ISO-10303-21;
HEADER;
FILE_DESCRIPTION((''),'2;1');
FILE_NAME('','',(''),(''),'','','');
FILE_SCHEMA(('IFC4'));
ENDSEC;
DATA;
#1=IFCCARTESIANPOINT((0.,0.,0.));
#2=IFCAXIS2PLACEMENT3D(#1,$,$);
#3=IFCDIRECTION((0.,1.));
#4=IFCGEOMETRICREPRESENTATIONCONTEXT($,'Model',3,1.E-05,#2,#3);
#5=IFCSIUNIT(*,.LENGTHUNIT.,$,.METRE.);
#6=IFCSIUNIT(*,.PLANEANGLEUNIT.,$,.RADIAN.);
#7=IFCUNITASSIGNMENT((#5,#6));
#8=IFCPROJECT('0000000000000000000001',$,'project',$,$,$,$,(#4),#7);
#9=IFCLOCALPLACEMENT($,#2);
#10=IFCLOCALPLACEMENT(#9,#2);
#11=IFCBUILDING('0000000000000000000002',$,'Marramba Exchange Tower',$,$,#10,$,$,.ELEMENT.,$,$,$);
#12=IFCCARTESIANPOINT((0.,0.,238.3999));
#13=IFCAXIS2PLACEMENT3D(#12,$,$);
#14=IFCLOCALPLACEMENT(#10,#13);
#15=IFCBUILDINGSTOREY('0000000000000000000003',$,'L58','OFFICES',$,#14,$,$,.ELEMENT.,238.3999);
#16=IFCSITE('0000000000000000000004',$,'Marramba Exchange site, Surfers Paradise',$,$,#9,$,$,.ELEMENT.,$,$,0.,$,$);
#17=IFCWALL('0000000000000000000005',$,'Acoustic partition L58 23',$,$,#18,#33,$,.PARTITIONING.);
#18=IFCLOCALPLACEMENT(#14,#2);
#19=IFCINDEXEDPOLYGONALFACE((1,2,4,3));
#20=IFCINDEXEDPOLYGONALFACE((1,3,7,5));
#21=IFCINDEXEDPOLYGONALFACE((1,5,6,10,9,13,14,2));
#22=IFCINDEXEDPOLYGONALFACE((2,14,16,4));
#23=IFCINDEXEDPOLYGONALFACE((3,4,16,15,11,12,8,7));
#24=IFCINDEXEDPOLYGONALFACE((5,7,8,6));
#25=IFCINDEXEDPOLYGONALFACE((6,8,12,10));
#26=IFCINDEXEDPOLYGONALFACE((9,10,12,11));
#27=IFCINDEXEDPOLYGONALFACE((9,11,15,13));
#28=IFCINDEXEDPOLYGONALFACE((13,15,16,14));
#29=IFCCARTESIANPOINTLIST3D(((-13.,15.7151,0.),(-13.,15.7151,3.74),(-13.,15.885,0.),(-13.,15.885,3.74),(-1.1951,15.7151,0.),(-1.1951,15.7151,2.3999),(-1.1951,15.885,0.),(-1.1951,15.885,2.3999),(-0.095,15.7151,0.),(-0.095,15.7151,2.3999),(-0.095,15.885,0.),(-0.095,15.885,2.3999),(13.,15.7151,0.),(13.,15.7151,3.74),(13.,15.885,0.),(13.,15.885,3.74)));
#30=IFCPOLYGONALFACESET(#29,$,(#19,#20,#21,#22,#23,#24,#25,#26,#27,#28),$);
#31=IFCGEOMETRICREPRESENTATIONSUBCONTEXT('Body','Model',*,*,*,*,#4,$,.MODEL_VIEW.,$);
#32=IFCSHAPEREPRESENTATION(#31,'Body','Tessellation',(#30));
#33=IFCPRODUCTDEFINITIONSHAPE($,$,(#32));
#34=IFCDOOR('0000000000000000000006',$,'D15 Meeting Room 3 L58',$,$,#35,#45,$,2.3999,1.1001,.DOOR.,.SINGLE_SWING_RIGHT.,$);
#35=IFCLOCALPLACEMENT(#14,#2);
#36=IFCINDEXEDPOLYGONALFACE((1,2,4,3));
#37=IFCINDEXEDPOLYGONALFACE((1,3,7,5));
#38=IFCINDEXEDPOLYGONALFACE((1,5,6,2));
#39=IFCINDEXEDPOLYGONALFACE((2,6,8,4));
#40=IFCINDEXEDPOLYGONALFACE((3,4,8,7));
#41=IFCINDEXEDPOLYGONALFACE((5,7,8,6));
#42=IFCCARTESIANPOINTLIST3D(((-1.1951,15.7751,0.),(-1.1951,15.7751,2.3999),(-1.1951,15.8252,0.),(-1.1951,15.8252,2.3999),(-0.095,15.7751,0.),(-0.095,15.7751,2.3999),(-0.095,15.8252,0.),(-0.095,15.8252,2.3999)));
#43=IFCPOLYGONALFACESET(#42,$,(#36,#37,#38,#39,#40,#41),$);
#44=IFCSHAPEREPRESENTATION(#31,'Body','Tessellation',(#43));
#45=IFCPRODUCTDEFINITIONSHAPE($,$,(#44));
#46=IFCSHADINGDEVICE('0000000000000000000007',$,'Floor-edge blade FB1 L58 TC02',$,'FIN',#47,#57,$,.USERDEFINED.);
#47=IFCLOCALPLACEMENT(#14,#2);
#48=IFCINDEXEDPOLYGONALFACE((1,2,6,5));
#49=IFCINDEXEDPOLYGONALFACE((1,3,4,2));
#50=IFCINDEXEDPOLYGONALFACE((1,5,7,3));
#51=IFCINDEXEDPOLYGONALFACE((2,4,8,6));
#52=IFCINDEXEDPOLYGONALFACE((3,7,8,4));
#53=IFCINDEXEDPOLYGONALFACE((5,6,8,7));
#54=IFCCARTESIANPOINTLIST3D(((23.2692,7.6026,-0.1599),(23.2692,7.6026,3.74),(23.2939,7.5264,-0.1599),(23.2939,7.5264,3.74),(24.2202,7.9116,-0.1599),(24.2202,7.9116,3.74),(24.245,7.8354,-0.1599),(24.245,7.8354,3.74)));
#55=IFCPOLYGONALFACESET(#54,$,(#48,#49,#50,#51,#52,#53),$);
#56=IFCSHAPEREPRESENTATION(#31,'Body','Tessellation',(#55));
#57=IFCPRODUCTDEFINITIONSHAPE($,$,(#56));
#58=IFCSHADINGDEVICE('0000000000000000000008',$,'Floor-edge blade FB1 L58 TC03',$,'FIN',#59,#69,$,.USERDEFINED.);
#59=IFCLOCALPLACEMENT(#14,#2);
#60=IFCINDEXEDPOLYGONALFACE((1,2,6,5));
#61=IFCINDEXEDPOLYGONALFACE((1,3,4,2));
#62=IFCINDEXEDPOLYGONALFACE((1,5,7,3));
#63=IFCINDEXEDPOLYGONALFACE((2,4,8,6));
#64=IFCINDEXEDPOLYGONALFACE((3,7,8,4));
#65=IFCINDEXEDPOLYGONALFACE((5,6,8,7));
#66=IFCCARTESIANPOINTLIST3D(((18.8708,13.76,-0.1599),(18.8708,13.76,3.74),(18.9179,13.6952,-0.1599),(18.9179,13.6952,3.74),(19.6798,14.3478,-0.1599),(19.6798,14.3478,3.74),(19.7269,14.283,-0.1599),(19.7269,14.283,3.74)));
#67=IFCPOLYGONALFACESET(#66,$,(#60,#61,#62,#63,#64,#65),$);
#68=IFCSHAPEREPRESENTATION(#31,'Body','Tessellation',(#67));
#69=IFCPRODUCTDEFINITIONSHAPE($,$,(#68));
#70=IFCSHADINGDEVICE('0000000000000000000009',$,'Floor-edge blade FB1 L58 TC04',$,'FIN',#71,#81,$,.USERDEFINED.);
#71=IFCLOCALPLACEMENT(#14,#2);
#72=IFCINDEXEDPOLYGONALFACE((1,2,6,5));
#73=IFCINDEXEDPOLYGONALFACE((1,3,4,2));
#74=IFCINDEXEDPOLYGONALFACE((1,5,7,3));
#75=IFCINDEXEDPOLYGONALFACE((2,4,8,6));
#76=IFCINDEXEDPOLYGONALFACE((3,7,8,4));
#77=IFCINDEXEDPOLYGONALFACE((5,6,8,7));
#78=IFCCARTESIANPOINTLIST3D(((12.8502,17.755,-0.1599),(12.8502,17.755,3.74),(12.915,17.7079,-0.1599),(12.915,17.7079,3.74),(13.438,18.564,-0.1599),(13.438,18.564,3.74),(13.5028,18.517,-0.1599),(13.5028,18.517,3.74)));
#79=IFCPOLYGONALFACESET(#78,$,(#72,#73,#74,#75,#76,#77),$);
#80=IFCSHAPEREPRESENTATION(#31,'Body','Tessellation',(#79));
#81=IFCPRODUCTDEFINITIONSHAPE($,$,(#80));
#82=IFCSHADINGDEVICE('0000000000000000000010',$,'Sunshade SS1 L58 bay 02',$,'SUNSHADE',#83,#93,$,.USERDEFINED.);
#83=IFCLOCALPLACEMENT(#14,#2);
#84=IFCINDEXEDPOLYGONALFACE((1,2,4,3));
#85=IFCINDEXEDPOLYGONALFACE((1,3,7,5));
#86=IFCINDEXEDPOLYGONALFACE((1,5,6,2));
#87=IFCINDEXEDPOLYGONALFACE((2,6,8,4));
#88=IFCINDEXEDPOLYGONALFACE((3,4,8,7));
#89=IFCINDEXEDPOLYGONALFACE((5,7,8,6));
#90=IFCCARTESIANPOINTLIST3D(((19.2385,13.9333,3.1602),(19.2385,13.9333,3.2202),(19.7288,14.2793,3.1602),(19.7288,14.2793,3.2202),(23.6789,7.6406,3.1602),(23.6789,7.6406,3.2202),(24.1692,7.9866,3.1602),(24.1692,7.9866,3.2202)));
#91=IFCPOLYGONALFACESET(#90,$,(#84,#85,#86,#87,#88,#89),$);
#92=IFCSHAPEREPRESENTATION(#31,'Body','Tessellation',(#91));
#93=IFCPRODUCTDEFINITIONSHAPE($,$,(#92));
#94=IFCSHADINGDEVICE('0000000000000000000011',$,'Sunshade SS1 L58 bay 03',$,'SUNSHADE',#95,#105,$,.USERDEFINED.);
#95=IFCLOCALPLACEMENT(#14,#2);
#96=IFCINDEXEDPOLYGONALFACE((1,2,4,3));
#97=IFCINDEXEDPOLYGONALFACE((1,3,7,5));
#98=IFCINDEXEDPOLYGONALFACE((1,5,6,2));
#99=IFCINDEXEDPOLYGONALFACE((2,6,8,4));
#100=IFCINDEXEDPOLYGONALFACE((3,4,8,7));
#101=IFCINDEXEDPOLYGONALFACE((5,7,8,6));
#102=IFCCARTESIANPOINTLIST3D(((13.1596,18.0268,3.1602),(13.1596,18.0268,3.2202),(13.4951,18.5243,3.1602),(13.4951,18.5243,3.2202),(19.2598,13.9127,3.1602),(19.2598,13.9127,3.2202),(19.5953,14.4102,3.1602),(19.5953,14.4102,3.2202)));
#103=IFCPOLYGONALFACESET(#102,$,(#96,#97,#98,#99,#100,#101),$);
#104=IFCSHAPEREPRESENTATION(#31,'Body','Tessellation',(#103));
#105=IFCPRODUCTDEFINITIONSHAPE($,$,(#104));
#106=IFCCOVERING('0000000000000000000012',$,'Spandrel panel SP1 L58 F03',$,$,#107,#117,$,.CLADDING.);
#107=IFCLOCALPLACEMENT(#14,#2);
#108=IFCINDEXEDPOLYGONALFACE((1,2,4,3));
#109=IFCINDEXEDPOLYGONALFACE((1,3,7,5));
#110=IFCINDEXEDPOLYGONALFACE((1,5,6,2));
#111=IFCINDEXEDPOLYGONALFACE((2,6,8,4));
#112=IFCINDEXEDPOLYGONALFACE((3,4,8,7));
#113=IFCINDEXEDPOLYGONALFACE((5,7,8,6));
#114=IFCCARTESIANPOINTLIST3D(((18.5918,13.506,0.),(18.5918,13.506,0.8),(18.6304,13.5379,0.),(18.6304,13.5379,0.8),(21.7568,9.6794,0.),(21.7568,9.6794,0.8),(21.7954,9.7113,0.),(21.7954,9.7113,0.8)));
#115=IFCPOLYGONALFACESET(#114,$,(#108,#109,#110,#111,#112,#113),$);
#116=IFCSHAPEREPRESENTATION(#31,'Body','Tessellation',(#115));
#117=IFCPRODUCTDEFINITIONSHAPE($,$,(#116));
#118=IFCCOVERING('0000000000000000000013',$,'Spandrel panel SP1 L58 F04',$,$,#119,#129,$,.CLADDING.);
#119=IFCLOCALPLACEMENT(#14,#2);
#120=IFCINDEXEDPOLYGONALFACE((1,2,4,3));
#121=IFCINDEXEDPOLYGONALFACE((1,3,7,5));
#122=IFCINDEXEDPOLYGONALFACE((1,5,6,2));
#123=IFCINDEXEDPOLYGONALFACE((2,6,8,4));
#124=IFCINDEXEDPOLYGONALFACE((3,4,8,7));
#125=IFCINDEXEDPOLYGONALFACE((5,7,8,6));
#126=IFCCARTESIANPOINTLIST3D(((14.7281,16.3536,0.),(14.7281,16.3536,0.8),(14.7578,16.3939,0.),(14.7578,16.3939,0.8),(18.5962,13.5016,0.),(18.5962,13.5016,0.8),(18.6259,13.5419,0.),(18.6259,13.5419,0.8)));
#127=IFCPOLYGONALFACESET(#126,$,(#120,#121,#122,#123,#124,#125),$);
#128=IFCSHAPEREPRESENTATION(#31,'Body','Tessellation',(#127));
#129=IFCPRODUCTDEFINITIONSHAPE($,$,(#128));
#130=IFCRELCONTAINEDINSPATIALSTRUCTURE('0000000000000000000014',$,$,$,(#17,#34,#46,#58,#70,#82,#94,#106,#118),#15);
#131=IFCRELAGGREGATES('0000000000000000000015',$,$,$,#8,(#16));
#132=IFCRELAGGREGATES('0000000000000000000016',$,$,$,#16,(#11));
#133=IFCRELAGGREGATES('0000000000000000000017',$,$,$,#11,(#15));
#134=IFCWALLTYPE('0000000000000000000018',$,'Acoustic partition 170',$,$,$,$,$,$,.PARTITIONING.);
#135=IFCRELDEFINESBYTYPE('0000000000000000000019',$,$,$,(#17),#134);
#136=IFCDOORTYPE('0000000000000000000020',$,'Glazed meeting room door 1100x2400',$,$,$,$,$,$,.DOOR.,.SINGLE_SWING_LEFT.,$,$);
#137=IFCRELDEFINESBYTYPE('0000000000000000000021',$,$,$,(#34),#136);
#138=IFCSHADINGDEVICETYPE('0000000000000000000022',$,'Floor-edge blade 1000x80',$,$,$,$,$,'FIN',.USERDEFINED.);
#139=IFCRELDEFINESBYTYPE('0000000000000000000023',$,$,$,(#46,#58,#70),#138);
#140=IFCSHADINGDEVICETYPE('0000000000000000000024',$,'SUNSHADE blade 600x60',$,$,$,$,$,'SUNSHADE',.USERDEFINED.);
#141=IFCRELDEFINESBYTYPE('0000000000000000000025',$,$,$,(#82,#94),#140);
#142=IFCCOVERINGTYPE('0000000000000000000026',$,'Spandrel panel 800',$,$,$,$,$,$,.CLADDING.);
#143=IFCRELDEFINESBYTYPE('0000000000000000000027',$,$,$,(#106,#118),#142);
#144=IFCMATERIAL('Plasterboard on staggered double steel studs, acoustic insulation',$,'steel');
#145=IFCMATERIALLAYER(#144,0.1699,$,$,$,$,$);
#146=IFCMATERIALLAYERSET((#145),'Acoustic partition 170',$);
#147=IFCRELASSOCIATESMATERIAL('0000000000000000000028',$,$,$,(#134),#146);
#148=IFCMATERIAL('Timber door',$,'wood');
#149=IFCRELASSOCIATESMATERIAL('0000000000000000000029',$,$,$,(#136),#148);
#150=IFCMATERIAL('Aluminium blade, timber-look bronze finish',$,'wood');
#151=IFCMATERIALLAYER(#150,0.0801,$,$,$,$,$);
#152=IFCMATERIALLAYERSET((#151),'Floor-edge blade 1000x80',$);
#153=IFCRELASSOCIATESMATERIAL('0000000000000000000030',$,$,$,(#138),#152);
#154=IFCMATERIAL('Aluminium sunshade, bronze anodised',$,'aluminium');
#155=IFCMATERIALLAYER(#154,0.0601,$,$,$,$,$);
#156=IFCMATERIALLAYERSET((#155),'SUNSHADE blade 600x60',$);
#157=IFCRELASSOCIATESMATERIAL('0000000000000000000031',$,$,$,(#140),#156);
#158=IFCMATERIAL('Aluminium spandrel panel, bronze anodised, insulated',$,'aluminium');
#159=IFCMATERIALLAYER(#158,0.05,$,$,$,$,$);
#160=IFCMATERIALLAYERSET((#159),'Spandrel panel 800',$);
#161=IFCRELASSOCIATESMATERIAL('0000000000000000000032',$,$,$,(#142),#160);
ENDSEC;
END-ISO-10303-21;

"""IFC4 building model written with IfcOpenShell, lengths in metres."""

from ifc_helpers import new_model, si_unit, direction, frame, frame_2d, origin, origin_2d, place, context, subcontext, project, spatial, rectangle, extrude, material, layer, layer_set, type_object, element, fill, save


model = new_model("IFC4")

# Units and contexts
model_context = context("Model", 3, precision=1e-05, world=origin(), true_north=direction((0.0, 1.0)))
body_context = subcontext(model_context, "Body", "Model", "MODEL_VIEW")
ifc_project = project(units=[si_unit("LENGTHUNIT", "METRE"), si_unit("PLANEANGLEUNIT", "RADIAN")], contexts=[model_context])

# Site, building, storey
site_placement = place(None, origin())
site = spatial("IfcSite", under=ifc_project, at=site_placement, Name="Marramba Exchange site, Surfers Paradise", CompositionType="ELEMENT", RefElevation=0.0)
building_placement = place(site_placement, origin())
building = spatial("IfcBuilding", under=site, at=building_placement, Name="Marramba Exchange Tower", CompositionType="ELEMENT")
storey_placement = place(building_placement, frame((0.0, 0.0, 238.3999)))
storey = spatial("IfcBuildingStorey", under=building, at=storey_placement, Name="L58", Description="OFFICES", CompositionType="ELEMENT", Elevation=238.3999)

# Shared definitions
ifc_material_1 = material(Name="Plasterboard on staggered double steel studs, acoustic insulation", Category="steel")
ifc_layer_1 = layer(ifc_material_1, 0.1699)
ifc_layer_set_1 = layer_set([ifc_layer_1], Name="Acoustic partition 170")
wall_type_1 = type_object("IfcWallType", Name="Acoustic partition 170", PredefinedType="PARTITIONING", material=ifc_layer_set_1)

# Wall, opening, door
wall_1_placement = place(storey_placement, frame((13.0, 15.8, 0.0), z_axis=(0.0, 0.0, 1.0), x_axis=(-1.0, 0.0, 0.0)))
wall_1 = element("IfcWall", 1, at=wall_1_placement, inside=storey, type_object=wall_type_1, Name="Acoustic partition L58 23", PredefinedType="PARTITIONING", context=body_context, shape_type="SweptSolid", body=[
    extrude(rectangle(XDim=26.0, YDim=0.1699, at=frame_2d((13.0, 0.0))), origin(), (0.0, 0.0, 1.0), 3.74),
])
opening_1_placement = place(wall_1_placement, frame((13.095, 0.0, 0.0)))
opening_1 = element("IfcOpeningElement", 2, at=opening_1_placement, cuts=wall_1, PredefinedType="OPENING", context=body_context, shape_type="SweptSolid", body=[
    extrude(rectangle(XDim=1.1001, YDim=2.3999, at=frame_2d((0.55, 1.2))), frame((0.0, 0.095, 0.0), z_axis=(0.0, -1.0, 0.0), x_axis=(1.0, 0.0, 0.0)), (0.0, 0.0, 1.0), 0.1899),
])
ifc_material_2 = material(Name="Timber door", Category="wood")
door_type_1 = type_object("IfcDoorType", Name="Glazed meeting room door 1100x2400", OperationType="SINGLE_SWING_LEFT", PredefinedType="DOOR", material=ifc_material_2)
door_1_placement = place(opening_1_placement, origin())
door_1 = element("IfcDoor", 3, at=door_1_placement, inside=storey, type_object=door_type_1, Name="D15 Meeting Room 3 L58", OperationType="SINGLE_SWING_RIGHT", OverallHeight=2.3999, OverallWidth=1.1001, PredefinedType="DOOR", context=body_context, shape_type="SweptSolid", body=[
    extrude(rectangle(XDim=1.1001, YDim=2.3999, at=frame_2d((0.55, 1.2))), frame((0.0, 0.0249, 0.0), z_axis=(0.0, -1.0, 0.0), x_axis=(1.0, 0.0, 0.0)), (0.0, 0.0, 1.0), 0.05),
])
fill(opening_1, door_1)

# Shading devices
ifc_material_3 = material(Name="Aluminium blade, timber-look bronze finish", Category="wood")
ifc_layer_2 = layer(ifc_material_3, 0.0801)
ifc_layer_set_2 = layer_set([ifc_layer_2], Name="Floor-edge blade 1000x80")
shading_device_type_1 = type_object("IfcShadingDeviceType", Name="Floor-edge blade 1000x80", ElementType="FIN", PredefinedType="USERDEFINED", material=ifc_layer_set_2)
for number, where, z_axis, x_axis, name in (
    (4, (23.7571, 7.719, -0.1599), (0.0, 0.0, 1.0), (0.951057, 0.309017, 0.0), "Floor-edge blade FB1 L58 TC02"),
    (5, (19.2988, 14.0215, -0.1599), (0.0, 0.0, 1.0), (0.809017, 0.587785, 0.0), "Floor-edge blade FB1 L58 TC03"),
    (6, (13.1765, 18.136, -0.1599), (0.0, 0.0, 1.0), (0.587785, 0.809017, 0.0), "Floor-edge blade FB1 L58 TC04"),
):
    element("IfcShadingDevice", number, at=place(storey_placement, frame(where, z_axis=z_axis, x_axis=x_axis)), inside=storey, type_object=shading_device_type_1, Name=name, ObjectType="FIN", PredefinedType="USERDEFINED", context=body_context, shape_type="SweptSolid", body=[
        extrude(rectangle(XDim=1.0, YDim=0.0801, at=origin_2d()), origin(), (0.0, 0.0, 1.0), 3.8999),
    ])
ifc_material_4 = material(Name="Aluminium sunshade, bronze anodised", Category="aluminium")
ifc_layer_3 = layer(ifc_material_4, 0.0601)
ifc_layer_set_3 = layer_set([ifc_layer_3], Name="SUNSHADE blade 600x60")
shading_device_type_2 = type_object("IfcShadingDeviceType", Name="SUNSHADE blade 600x60", ElementType="SUNSHADE", PredefinedType="USERDEFINED", material=ifc_layer_set_3)
shading_device_1_placement = place(storey_placement, frame((21.7039, 10.96, 3.1602), z_axis=(0.0, 0.0, 1.0), x_axis=(-0.576555, 0.817058, 0.0)))
element("IfcShadingDevice", 7, at=shading_device_1_placement, inside=storey, type_object=shading_device_type_2, Name="Sunshade SS1 L58 bay 02", ObjectType="SUNSHADE", PredefinedType="USERDEFINED", context=body_context, shape_type="SweptSolid", body=[
    extrude(rectangle(XDim=7.7017, YDim=0.6001, at=origin_2d()), origin(), (0.0, 0.0, 1.0), 0.0601),
])
shading_device_2_placement = place(storey_placement, frame((16.3774, 16.2185, 3.1602), z_axis=(0.0, 0.0, 1.0), x_axis=(-0.829071, 0.559143, 0.0)))
element("IfcShadingDevice", 8, at=shading_device_2_placement, inside=storey, type_object=shading_device_type_2, Name="Sunshade SS1 L58 bay 03", ObjectType="SUNSHADE", PredefinedType="USERDEFINED", context=body_context, shape_type="SweptSolid", body=[
    extrude(rectangle(XDim=7.3579, YDim=0.6001, at=origin_2d()), origin(), (0.0, 0.0, 1.0), 0.0601),
])

# Coverings
ifc_material_5 = material(Name="Aluminium spandrel panel, bronze anodised, insulated", Category="aluminium")
ifc_layer_4 = layer(ifc_material_5, 0.05)
ifc_layer_set_4 = layer_set([ifc_layer_4], Name="Spandrel panel 800")
covering_type = type_object("IfcCoveringType", Name="Spandrel panel 800", PredefinedType="CLADDING", material=ifc_layer_set_4)
covering_1_placement = place(storey_placement, frame((20.1936, 11.6086, 0.0), z_axis=(0.0, 0.0, 1.0), x_axis=(-0.63735, 0.770574, 0.0)))
element("IfcCovering", 9, at=covering_1_placement, inside=storey, type_object=covering_type, Name="Spandrel panel SP1 L58 F03", PredefinedType="CLADDING", context=body_context, shape_type="SweptSolid", body=[
    extrude(rectangle(XDim=4.9658, YDim=0.05, at=origin_2d()), origin(), (0.0, 0.0, 1.0), 0.8),
])
covering_2_placement = place(storey_placement, frame((16.677, 14.9478, 0.0), z_axis=(0.0, 0.0, 1.0), x_axis=(-0.804877, 0.593441, 0.0)))
element("IfcCovering", 10, at=covering_2_placement, inside=storey, type_object=covering_type, Name="Spandrel panel SP1 L58 F04", PredefinedType="CLADDING", context=body_context, shape_type="SweptSolid", body=[
    extrude(rectangle(XDim=4.8059, YDim=0.05, at=origin_2d()), origin(), (0.0, 0.0, 1.0), 0.8),
])

save(model, "model.ifc")
